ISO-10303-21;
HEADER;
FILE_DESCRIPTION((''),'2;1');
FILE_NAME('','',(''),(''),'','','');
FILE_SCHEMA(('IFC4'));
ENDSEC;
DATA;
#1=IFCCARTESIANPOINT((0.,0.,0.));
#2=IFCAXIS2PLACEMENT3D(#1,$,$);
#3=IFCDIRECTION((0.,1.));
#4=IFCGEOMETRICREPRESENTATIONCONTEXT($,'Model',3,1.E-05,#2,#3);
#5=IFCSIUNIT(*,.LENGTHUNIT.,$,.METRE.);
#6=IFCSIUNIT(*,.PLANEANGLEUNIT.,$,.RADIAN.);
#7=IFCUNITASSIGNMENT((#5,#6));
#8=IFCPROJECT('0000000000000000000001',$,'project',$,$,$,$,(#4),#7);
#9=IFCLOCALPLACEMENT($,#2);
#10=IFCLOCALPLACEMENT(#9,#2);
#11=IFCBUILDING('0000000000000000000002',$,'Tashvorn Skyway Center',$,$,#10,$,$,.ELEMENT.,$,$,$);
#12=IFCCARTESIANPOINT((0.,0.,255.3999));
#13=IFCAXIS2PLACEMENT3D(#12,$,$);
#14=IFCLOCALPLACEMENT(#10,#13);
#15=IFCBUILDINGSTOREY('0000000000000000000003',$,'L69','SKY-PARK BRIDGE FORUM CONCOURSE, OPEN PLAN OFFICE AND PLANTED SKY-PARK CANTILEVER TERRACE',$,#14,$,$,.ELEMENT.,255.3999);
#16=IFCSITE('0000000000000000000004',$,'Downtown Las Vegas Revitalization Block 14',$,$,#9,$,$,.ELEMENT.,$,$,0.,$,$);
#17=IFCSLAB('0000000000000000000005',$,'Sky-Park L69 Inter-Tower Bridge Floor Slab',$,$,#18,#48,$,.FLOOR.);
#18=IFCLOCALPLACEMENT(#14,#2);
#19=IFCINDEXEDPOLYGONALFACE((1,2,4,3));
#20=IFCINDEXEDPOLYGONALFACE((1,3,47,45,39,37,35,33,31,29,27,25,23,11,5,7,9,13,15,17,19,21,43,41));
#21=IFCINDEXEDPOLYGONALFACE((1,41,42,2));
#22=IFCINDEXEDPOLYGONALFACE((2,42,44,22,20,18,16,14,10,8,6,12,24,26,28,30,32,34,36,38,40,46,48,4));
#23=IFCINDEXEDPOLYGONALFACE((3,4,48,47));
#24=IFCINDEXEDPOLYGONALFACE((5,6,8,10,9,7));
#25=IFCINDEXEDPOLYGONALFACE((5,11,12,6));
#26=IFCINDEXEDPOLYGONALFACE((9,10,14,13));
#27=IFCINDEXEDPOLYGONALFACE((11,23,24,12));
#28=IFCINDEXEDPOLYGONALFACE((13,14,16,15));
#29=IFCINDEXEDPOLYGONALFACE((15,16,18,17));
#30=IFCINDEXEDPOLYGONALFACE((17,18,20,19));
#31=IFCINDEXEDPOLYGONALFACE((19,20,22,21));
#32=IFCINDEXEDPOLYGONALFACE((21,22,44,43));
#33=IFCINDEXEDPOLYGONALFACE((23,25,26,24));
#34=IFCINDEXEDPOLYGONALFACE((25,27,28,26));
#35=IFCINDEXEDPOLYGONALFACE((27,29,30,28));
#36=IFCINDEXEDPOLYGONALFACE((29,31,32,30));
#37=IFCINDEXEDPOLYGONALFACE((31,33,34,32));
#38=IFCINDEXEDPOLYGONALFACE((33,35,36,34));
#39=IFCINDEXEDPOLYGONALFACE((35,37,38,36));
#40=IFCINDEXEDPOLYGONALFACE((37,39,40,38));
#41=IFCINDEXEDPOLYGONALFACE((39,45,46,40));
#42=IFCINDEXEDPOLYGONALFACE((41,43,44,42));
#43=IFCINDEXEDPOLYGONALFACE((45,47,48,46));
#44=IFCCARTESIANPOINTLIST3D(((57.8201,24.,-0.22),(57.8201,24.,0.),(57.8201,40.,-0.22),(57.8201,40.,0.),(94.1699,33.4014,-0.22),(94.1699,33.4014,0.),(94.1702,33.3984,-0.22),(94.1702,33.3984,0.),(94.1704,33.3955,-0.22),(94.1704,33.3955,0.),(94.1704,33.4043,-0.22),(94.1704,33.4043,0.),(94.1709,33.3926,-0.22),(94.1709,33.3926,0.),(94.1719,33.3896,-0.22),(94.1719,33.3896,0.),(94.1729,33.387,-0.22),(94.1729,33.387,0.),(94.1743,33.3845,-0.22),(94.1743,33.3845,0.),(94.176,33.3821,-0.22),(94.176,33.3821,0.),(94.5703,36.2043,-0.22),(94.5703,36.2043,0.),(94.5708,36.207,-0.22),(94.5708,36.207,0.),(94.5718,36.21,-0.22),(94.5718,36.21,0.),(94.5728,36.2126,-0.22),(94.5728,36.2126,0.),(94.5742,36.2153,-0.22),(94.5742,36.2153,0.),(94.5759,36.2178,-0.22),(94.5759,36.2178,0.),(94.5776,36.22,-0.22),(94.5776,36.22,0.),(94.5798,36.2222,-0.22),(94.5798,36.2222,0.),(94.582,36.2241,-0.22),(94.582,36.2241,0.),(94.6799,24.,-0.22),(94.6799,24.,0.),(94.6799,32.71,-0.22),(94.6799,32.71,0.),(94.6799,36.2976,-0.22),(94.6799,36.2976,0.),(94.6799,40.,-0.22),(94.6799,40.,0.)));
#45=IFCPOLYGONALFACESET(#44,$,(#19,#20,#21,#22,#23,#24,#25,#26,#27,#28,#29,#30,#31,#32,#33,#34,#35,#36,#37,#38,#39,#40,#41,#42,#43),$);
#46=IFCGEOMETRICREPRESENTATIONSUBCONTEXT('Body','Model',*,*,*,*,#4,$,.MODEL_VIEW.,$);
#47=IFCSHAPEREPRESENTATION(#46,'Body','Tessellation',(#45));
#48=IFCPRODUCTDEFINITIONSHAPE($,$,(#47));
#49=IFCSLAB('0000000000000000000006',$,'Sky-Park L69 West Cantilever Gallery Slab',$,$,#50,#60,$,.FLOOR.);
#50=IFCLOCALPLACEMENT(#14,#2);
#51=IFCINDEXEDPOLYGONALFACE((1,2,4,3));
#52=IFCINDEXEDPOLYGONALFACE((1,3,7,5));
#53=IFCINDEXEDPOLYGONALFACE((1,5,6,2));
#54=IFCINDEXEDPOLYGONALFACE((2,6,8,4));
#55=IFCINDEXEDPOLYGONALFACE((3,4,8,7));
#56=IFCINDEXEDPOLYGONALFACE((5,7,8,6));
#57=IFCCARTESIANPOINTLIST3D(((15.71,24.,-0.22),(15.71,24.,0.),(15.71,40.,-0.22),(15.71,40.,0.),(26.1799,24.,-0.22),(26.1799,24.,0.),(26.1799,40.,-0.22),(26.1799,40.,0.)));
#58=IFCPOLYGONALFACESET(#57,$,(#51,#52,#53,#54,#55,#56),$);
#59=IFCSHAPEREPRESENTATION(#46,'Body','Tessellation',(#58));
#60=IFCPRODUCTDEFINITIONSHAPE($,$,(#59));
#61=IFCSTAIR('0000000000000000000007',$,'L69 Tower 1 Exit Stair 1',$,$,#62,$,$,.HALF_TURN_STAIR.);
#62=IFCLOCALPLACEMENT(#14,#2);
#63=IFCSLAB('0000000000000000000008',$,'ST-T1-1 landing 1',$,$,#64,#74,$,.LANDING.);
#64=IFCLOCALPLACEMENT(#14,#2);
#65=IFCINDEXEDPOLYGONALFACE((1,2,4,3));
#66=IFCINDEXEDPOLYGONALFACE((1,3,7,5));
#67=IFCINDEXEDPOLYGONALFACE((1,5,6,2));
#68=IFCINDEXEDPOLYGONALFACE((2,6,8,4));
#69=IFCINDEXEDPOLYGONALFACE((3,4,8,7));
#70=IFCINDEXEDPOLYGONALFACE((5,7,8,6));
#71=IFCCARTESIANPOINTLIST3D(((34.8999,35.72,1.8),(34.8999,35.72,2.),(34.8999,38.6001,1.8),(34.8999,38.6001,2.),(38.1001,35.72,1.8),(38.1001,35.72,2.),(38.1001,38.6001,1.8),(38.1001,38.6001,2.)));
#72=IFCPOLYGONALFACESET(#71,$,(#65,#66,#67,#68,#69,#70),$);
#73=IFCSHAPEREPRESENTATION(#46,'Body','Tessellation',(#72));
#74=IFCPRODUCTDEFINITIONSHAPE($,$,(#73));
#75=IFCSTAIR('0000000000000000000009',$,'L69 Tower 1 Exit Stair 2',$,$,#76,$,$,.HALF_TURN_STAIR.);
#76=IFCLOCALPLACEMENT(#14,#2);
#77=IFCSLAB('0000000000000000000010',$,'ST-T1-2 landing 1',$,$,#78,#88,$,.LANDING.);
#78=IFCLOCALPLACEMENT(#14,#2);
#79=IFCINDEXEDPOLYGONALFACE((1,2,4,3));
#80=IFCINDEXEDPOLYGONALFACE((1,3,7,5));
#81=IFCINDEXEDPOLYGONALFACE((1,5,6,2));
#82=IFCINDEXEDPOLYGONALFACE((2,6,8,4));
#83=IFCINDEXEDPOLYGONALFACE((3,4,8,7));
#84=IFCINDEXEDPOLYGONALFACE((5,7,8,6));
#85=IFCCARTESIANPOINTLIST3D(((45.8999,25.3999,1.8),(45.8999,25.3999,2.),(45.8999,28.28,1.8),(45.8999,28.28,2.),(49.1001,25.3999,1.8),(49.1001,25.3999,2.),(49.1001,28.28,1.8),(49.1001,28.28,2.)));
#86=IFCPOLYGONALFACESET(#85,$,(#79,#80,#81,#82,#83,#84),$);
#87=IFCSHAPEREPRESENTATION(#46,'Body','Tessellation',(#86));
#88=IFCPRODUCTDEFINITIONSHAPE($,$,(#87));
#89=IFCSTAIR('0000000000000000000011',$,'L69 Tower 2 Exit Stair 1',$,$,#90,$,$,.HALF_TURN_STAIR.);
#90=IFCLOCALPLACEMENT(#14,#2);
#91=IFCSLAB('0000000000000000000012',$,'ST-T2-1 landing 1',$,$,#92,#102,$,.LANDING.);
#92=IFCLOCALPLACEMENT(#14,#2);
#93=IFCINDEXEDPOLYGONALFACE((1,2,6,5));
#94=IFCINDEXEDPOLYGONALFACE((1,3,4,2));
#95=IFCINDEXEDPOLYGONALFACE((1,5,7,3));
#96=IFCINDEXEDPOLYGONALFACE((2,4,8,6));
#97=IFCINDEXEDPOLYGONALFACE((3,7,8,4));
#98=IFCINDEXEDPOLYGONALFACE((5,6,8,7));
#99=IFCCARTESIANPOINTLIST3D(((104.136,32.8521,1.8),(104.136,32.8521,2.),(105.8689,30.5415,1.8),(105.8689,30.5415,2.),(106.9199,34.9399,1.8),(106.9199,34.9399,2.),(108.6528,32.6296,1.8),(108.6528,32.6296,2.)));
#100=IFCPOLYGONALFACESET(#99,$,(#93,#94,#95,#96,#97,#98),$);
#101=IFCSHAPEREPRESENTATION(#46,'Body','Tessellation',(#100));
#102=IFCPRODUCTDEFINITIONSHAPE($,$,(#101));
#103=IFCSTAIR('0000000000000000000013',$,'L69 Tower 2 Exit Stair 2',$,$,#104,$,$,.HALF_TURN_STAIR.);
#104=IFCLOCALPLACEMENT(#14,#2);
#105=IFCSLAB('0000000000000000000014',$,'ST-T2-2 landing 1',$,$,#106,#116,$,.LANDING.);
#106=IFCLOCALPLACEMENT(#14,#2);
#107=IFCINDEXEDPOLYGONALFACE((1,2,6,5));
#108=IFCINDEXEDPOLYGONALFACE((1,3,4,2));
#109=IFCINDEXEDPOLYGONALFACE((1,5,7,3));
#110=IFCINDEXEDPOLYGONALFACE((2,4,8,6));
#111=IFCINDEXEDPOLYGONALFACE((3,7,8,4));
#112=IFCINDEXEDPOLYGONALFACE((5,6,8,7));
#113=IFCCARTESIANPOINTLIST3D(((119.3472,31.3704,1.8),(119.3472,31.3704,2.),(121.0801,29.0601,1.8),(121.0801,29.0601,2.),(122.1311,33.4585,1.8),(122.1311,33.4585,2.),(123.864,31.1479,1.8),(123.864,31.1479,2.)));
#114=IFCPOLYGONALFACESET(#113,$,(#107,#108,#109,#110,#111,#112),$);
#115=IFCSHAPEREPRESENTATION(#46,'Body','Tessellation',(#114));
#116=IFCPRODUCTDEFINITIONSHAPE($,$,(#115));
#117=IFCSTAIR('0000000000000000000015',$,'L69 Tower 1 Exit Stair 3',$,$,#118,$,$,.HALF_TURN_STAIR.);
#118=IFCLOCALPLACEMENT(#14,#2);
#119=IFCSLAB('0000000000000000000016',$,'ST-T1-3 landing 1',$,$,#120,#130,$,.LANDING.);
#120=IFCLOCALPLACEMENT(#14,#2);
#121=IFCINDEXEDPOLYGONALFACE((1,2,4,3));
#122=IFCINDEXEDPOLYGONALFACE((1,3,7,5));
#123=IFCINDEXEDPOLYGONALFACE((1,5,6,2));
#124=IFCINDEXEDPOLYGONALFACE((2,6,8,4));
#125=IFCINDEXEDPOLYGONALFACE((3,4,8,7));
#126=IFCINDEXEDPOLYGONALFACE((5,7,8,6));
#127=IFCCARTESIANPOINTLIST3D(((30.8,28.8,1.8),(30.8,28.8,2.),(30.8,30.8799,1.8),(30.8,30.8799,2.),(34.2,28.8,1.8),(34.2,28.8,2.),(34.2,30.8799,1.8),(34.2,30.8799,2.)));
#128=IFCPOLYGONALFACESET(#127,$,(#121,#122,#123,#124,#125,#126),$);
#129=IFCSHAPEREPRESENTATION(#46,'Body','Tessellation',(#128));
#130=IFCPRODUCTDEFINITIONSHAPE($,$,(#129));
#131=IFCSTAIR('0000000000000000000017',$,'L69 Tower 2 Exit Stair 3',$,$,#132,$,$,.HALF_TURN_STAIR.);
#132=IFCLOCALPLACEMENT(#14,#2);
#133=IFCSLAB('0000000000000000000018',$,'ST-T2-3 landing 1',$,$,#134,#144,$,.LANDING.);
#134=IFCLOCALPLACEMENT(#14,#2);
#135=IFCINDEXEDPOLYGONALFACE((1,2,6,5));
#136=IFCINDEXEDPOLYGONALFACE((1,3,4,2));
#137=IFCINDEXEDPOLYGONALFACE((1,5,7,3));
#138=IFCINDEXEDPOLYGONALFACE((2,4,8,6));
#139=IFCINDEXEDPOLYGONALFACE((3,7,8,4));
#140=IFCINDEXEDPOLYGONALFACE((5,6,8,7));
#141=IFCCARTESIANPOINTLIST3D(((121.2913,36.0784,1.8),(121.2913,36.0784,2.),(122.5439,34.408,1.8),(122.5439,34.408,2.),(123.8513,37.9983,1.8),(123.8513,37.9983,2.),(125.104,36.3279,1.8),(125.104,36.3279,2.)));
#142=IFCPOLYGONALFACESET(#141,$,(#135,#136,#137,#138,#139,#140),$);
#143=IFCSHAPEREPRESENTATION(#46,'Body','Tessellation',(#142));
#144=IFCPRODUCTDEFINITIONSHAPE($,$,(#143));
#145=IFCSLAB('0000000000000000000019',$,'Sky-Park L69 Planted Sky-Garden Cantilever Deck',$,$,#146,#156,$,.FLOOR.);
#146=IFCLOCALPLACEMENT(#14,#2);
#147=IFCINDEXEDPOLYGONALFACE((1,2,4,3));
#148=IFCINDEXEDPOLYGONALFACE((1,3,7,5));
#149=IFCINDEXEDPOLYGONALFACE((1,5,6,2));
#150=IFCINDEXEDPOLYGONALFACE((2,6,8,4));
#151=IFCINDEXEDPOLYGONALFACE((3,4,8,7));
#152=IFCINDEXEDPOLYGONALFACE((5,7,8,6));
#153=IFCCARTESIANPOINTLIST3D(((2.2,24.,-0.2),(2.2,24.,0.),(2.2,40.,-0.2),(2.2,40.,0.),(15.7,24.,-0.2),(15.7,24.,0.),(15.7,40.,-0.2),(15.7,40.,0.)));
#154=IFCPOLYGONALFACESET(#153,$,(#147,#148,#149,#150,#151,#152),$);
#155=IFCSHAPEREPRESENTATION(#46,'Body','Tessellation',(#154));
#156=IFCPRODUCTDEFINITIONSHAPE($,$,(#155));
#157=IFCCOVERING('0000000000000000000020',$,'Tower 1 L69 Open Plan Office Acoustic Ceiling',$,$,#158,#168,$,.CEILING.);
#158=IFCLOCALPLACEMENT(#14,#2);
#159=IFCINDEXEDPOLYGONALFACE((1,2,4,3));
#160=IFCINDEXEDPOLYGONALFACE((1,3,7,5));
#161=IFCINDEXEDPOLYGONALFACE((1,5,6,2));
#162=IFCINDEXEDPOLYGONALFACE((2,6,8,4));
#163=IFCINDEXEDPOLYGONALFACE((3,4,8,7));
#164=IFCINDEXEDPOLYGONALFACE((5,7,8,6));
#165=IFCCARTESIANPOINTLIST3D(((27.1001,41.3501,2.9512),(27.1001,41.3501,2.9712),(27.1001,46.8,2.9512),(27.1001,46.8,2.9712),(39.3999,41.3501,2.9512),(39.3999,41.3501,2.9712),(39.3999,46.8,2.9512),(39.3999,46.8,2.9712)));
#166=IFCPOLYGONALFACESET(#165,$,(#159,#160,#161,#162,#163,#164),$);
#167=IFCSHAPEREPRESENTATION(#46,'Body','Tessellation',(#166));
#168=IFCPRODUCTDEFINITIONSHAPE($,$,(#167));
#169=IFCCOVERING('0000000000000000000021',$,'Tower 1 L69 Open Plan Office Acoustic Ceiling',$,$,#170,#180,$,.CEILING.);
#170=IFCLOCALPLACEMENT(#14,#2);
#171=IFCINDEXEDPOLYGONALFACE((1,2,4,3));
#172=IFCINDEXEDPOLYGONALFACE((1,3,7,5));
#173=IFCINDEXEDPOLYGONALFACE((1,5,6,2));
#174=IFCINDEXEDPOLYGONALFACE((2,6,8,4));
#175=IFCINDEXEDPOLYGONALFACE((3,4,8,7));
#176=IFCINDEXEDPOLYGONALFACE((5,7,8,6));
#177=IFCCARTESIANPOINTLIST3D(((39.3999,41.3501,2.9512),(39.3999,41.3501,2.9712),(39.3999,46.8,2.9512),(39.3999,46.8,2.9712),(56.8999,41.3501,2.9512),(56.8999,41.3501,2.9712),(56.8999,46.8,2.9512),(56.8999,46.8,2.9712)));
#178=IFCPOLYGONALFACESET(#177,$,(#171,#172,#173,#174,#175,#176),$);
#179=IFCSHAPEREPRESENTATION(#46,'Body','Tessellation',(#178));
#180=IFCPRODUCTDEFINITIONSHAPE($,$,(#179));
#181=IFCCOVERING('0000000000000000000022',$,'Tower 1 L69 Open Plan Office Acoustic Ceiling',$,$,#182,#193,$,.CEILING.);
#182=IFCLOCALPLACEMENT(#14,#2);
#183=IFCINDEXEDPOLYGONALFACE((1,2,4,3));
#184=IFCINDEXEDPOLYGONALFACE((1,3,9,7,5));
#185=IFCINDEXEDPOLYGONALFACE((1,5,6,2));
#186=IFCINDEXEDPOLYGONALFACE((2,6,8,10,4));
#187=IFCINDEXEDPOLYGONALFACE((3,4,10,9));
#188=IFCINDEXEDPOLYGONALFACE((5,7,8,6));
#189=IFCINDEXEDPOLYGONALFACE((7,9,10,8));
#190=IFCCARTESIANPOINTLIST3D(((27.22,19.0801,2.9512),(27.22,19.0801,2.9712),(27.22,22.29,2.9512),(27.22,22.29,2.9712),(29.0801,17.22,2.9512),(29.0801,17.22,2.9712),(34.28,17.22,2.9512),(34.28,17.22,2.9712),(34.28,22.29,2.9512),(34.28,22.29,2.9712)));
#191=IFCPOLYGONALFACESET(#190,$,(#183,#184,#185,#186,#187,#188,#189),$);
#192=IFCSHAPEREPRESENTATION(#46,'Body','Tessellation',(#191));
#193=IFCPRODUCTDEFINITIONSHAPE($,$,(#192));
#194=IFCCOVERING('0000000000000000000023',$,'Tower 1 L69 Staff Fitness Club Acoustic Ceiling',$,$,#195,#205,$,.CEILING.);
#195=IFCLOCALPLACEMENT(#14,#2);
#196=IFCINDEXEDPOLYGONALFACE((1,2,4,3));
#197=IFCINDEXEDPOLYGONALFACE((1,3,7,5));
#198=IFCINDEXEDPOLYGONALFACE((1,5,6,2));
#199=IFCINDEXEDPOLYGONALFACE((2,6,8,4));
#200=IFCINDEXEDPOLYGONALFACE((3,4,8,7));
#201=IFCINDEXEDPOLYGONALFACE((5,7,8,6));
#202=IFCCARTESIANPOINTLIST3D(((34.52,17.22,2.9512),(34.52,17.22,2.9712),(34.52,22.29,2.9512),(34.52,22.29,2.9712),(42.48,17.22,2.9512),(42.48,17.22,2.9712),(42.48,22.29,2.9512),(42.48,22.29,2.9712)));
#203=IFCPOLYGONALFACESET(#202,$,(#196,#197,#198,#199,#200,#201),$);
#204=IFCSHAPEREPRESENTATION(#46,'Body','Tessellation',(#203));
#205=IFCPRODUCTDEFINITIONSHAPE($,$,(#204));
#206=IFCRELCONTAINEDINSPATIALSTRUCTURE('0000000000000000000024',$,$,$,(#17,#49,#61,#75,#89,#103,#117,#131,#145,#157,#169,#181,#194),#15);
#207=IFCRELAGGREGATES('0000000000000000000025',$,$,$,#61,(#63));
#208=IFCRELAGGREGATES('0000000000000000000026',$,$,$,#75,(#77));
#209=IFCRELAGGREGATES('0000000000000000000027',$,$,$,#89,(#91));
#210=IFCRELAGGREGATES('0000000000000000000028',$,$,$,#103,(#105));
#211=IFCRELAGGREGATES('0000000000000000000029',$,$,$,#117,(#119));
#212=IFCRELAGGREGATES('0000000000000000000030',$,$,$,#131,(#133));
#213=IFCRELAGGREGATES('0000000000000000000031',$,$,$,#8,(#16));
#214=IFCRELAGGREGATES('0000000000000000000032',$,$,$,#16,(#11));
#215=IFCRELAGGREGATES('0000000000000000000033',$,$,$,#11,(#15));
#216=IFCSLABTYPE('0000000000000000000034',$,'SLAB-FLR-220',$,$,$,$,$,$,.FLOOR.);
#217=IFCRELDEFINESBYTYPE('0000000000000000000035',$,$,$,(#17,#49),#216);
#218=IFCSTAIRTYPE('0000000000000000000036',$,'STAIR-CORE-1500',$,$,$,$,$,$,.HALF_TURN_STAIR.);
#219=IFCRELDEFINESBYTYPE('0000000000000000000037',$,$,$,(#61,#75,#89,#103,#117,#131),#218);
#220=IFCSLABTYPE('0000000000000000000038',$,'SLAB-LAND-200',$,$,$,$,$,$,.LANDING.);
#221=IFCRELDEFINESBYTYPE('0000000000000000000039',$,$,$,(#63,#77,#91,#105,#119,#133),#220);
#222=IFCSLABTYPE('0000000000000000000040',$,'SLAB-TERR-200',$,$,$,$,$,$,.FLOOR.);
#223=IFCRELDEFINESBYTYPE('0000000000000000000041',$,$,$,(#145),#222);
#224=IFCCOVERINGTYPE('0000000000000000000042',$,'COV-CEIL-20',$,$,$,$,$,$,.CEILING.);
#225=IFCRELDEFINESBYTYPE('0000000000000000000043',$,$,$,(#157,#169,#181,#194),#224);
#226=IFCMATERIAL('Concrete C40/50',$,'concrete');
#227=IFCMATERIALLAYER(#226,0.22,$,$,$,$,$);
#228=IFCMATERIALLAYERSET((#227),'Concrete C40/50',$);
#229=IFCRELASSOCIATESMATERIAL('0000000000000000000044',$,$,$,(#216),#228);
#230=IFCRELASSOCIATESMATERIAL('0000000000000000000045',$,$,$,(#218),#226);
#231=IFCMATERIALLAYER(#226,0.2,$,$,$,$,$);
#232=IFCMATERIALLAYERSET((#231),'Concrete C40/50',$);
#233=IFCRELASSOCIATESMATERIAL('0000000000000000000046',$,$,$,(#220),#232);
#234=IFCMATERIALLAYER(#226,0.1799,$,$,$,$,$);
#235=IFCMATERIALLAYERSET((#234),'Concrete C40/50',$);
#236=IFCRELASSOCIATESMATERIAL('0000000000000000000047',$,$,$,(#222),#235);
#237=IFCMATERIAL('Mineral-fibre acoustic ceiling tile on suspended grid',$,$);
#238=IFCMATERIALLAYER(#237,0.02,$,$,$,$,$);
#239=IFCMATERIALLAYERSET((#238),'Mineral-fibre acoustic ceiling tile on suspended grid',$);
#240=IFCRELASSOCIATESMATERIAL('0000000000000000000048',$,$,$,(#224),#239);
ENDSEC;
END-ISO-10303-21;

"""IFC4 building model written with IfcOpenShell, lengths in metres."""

from ifc_helpers import new_model, si_unit, direction, frame, origin, place, context, subcontext, project, spatial, polyline, outline, extrude, material, layer, layer_set, type_object, element, aggregate, save


model = new_model("IFC4")

# Units and contexts
model_context = context("Model", 3, precision=1e-05, world=origin(), true_north=direction((0.0, 1.0)))
body_context = subcontext(model_context, "Body", "Model", "MODEL_VIEW")
ifc_project = project(units=[si_unit("LENGTHUNIT", "METRE"), si_unit("PLANEANGLEUNIT", "RADIAN")], contexts=[model_context])

# Site, building, storey
site_placement = place(None, origin())
site = spatial("IfcSite", under=ifc_project, at=site_placement, Name="Downtown Las Vegas Revitalization Block 14", CompositionType="ELEMENT", RefElevation=0.0)
building_placement = place(site_placement, origin())
building = spatial("IfcBuilding", under=site, at=building_placement, Name="Tashvorn Skyway Center", CompositionType="ELEMENT")
storey_placement = place(building_placement, frame((0.0, 0.0, 255.3999)))
storey = spatial("IfcBuildingStorey", under=building, at=storey_placement, Name="L69", Description="SKY-PARK BRIDGE FORUM CONCOURSE, OPEN PLAN OFFICE AND PLANTED SKY-PARK CANTILEVER TERRACE", CompositionType="ELEMENT", Elevation=255.3999)

# Slabs
ifc_material_1 = material(Name="Concrete C40/50", Category="concrete")
ifc_layer_1 = layer(ifc_material_1, 0.22)
ifc_layer_set_1 = layer_set([ifc_layer_1], Name="Concrete C40/50")
slab_type_1 = type_object("IfcSlabType", Name="SLAB-FLR-220", PredefinedType="FLOOR", material=ifc_layer_set_1)
slab_1_placement = place(storey_placement, frame((0.0, 0.0, -0.22)))
element("IfcSlab", 1, at=slab_1_placement, inside=storey, type_object=slab_type_1, Name="Sky-Park L69 Inter-Tower Bridge Floor Slab", PredefinedType="FLOOR", context=body_context, shape_type="SweptSolid", body=[
    extrude(outline(polyline([(94.6799, 24.0), (57.8201, 24.0), (57.8201, 40.0), (94.6799, 40.0), (94.6799, 36.2976), (94.582, 36.2241), (94.5798, 36.2222), (94.5776, 36.22), (94.5759, 36.2178), (94.5742, 36.2153), (94.5728, 36.2126), (94.5718, 36.21), (94.5708, 36.207), (94.5703, 36.2043), (94.1704, 33.4043), (94.1699, 33.4014), (94.1702, 33.3984), (94.1704, 33.3955), (94.1709, 33.3926), (94.1719, 33.3896), (94.1729, 33.387), (94.1743, 33.3845), (94.176, 33.3821), (94.6799, 32.71), (94.6799, 24.0)])), origin(), (0.0, 0.0, 1.0), 0.22),
])
slab_2_placement = place(storey_placement, frame((0.0, 0.0, -0.22)))
element("IfcSlab", 2, at=slab_2_placement, inside=storey, type_object=slab_type_1, Name="Sky-Park L69 West Cantilever Gallery Slab", PredefinedType="FLOOR", context=body_context, shape_type="SweptSolid", body=[
    extrude(outline(polyline([(15.71, 24.0), (26.1799, 24.0), (26.1799, 40.0), (15.71, 40.0), (15.71, 24.0)])), origin(), (0.0, 0.0, 1.0), 0.22),
])

# Stairs, slabs
stair_type = type_object("IfcStairType", Name="STAIR-CORE-1500", PredefinedType="HALF_TURN_STAIR", material=ifc_material_1)
stair_1_placement = place(storey_placement, origin())
stair_1 = element("IfcStair", 3, at=stair_1_placement, inside=storey, type_object=stair_type, Name="L69 Tower 1 Exit Stair 1", PredefinedType="HALF_TURN_STAIR")
ifc_layer_2 = layer(ifc_material_1, 0.2)
ifc_layer_set_2 = layer_set([ifc_layer_2], Name="Concrete C40/50")
slab_type_2 = type_object("IfcSlabType", Name="SLAB-LAND-200", PredefinedType="LANDING", material=ifc_layer_set_2)
slab_3_placement = place(storey_placement, frame((0.0, 0.0, 1.8)))
slab_3 = element("IfcSlab", 4, at=slab_3_placement, type_object=slab_type_2, Name="ST-T1-1 landing 1", PredefinedType="LANDING", context=body_context, shape_type="SweptSolid", body=[
    extrude(outline(polyline([(38.1001, 35.72), (38.1001, 38.6001), (34.8999, 38.6001), (34.8999, 35.72), (38.1001, 35.72)])), origin(), (0.0, 0.0, 1.0), 0.2),
])
aggregate(stair_1, [slab_3])
stair_2_placement = place(storey_placement, origin())
stair_2 = element("IfcStair", 5, at=stair_2_placement, inside=storey, type_object=stair_type, Name="L69 Tower 1 Exit Stair 2", PredefinedType="HALF_TURN_STAIR")
slab_4_placement = place(storey_placement, frame((0.0, 0.0, 1.8)))
slab_4 = element("IfcSlab", 6, at=slab_4_placement, type_object=slab_type_2, Name="ST-T1-2 landing 1", PredefinedType="LANDING", context=body_context, shape_type="SweptSolid", body=[
    extrude(outline(polyline([(45.8999, 28.28), (45.8999, 25.3999), (49.1001, 25.3999), (49.1001, 28.28), (45.8999, 28.28)])), origin(), (0.0, 0.0, 1.0), 0.2),
])
aggregate(stair_2, [slab_4])
stair_3_placement = place(storey_placement, origin())
stair_3 = element("IfcStair", 7, at=stair_3_placement, inside=storey, type_object=stair_type, Name="L69 Tower 2 Exit Stair 1", PredefinedType="HALF_TURN_STAIR")
slab_5_placement = place(storey_placement, frame((0.0, 0.0, 1.8)))
slab_5 = element("IfcSlab", 8, at=slab_5_placement, type_object=slab_type_2, Name="ST-T2-1 landing 1", PredefinedType="LANDING", context=body_context, shape_type="SweptSolid", body=[
    extrude(outline(polyline([(108.6528, 32.6296), (106.9199, 34.9399), (104.136, 32.8521), (105.8689, 30.5415), (108.6528, 32.6296)])), origin(), (0.0, 0.0, 1.0), 0.2),
])
aggregate(stair_3, [slab_5])
stair_4_placement = place(storey_placement, origin())
stair_4 = element("IfcStair", 9, at=stair_4_placement, inside=storey, type_object=stair_type, Name="L69 Tower 2 Exit Stair 2", PredefinedType="HALF_TURN_STAIR")
slab_6_placement = place(storey_placement, frame((0.0, 0.0, 1.8)))
slab_6 = element("IfcSlab", 10, at=slab_6_placement, type_object=slab_type_2, Name="ST-T2-2 landing 1", PredefinedType="LANDING", context=body_context, shape_type="SweptSolid", body=[
    extrude(outline(polyline([(119.3472, 31.3704), (121.0801, 29.0601), (123.864, 31.1479), (122.1311, 33.4585), (119.3472, 31.3704)])), origin(), (0.0, 0.0, 1.0), 0.2),
])
aggregate(stair_4, [slab_6])
stair_5_placement = place(storey_placement, origin())
stair_5 = element("IfcStair", 11, at=stair_5_placement, inside=storey, type_object=stair_type, Name="L69 Tower 1 Exit Stair 3", PredefinedType="HALF_TURN_STAIR")
slab_7_placement = place(storey_placement, frame((0.0, 0.0, 1.8)))
slab_7 = element("IfcSlab", 12, at=slab_7_placement, type_object=slab_type_2, Name="ST-T1-3 landing 1", PredefinedType="LANDING", context=body_context, shape_type="SweptSolid", body=[
    extrude(outline(polyline([(30.8, 30.8799), (30.8, 28.8), (34.2, 28.8), (34.2, 30.8799), (30.8, 30.8799)])), origin(), (0.0, 0.0, 1.0), 0.2),
])
aggregate(stair_5, [slab_7])
stair_6_placement = place(storey_placement, origin())
stair_6 = element("IfcStair", 13, at=stair_6_placement, inside=storey, type_object=stair_type, Name="L69 Tower 2 Exit Stair 3", PredefinedType="HALF_TURN_STAIR")
slab_8_placement = place(storey_placement, frame((0.0, 0.0, 1.8)))
slab_8 = element("IfcSlab", 14, at=slab_8_placement, type_object=slab_type_2, Name="ST-T2-3 landing 1", PredefinedType="LANDING", context=body_context, shape_type="SweptSolid", body=[
    extrude(outline(polyline([(121.2913, 36.0784), (122.5439, 34.408), (125.104, 36.3279), (123.8513, 37.9983), (121.2913, 36.0784)])), origin(), (0.0, 0.0, 1.0), 0.2),
])
aggregate(stair_6, [slab_8])

# Slab
ifc_layer_3 = layer(ifc_material_1, 0.1799)
ifc_layer_set_3 = layer_set([ifc_layer_3], Name="Concrete C40/50")
slab_type_3 = type_object("IfcSlabType", Name="SLAB-TERR-200", PredefinedType="FLOOR", material=ifc_layer_set_3)
slab_9_placement = place(storey_placement, frame((0.0, 0.0, -0.2)))
element("IfcSlab", 15, at=slab_9_placement, inside=storey, type_object=slab_type_3, Name="Sky-Park L69 Planted Sky-Garden Cantilever Deck", PredefinedType="FLOOR", context=body_context, shape_type="SweptSolid", body=[
    extrude(outline(polyline([(2.2, 24.0), (15.7, 24.0), (15.7, 40.0), (2.2, 40.0), (2.2, 24.0)])), origin(), (0.0, 0.0, 1.0), 0.2),
])

# Coverings
ifc_material_2 = material(Name="Mineral-fibre acoustic ceiling tile on suspended grid")
ifc_layer_4 = layer(ifc_material_2, 0.02)
ifc_layer_set_4 = layer_set([ifc_layer_4], Name="Mineral-fibre acoustic ceiling tile on suspended grid")
covering_type_1 = type_object("IfcCoveringType", Name="COV-CEIL-20", PredefinedType="CEILING", material=ifc_layer_set_4)
covering_1_placement = place(storey_placement, frame((0.0, 0.0, 2.9512)))
element("IfcCovering", 16, at=covering_1_placement, inside=storey, type_object=covering_type_1, Name="Tower 1 L69 Open Plan Office Acoustic Ceiling", PredefinedType="CEILING", context=body_context, shape_type="SweptSolid", body=[
    extrude(outline(polyline([(27.1001, 41.3501), (39.3999, 41.3501), (39.3999, 46.8), (27.1001, 46.8), (27.1001, 41.3501)])), origin(), (0.0, 0.0, 1.0), 0.02),
])
covering_2_placement = place(storey_placement, frame((0.0, 0.0, 2.9512)))
element("IfcCovering", 17, at=covering_2_placement, inside=storey, type_object=covering_type_1, Name="Tower 1 L69 Open Plan Office Acoustic Ceiling", PredefinedType="CEILING", context=body_context, shape_type="SweptSolid", body=[
    extrude(outline(polyline([(39.3999, 41.3501), (56.8999, 41.3501), (56.8999, 46.8), (39.3999, 46.8), (39.3999, 41.3501)])), origin(), (0.0, 0.0, 1.0), 0.02),
])
covering_3_placement = place(storey_placement, frame((0.0, 0.0, 2.9512)))
element("IfcCovering", 18, at=covering_3_placement, inside=storey, type_object=covering_type_1, Name="Tower 1 L69 Open Plan Office Acoustic Ceiling", PredefinedType="CEILING", context=body_context, shape_type="SweptSolid", body=[
    extrude(outline(polyline([(27.22, 22.29), (34.28, 22.29), (34.28, 17.22), (29.0801, 17.22), (27.22, 19.0801), (27.22, 22.29)])), origin(), (0.0, 0.0, 1.0), 0.02),
])
covering_4_placement = place(storey_placement, frame((0.0, 0.0, 2.9512)))
element("IfcCovering", 19, at=covering_4_placement, inside=storey, type_object=covering_type_1, Name="Tower 1 L69 Staff Fitness Club Acoustic Ceiling", PredefinedType="CEILING", context=body_context, shape_type="SweptSolid", body=[
    extrude(outline(polyline([(34.52, 22.29), (42.48, 22.29), (42.48, 17.22), (34.52, 17.22), (34.52, 22.29)])), origin(), (0.0, 0.0, 1.0), 0.02),
])

save(model, "model.ifc")
